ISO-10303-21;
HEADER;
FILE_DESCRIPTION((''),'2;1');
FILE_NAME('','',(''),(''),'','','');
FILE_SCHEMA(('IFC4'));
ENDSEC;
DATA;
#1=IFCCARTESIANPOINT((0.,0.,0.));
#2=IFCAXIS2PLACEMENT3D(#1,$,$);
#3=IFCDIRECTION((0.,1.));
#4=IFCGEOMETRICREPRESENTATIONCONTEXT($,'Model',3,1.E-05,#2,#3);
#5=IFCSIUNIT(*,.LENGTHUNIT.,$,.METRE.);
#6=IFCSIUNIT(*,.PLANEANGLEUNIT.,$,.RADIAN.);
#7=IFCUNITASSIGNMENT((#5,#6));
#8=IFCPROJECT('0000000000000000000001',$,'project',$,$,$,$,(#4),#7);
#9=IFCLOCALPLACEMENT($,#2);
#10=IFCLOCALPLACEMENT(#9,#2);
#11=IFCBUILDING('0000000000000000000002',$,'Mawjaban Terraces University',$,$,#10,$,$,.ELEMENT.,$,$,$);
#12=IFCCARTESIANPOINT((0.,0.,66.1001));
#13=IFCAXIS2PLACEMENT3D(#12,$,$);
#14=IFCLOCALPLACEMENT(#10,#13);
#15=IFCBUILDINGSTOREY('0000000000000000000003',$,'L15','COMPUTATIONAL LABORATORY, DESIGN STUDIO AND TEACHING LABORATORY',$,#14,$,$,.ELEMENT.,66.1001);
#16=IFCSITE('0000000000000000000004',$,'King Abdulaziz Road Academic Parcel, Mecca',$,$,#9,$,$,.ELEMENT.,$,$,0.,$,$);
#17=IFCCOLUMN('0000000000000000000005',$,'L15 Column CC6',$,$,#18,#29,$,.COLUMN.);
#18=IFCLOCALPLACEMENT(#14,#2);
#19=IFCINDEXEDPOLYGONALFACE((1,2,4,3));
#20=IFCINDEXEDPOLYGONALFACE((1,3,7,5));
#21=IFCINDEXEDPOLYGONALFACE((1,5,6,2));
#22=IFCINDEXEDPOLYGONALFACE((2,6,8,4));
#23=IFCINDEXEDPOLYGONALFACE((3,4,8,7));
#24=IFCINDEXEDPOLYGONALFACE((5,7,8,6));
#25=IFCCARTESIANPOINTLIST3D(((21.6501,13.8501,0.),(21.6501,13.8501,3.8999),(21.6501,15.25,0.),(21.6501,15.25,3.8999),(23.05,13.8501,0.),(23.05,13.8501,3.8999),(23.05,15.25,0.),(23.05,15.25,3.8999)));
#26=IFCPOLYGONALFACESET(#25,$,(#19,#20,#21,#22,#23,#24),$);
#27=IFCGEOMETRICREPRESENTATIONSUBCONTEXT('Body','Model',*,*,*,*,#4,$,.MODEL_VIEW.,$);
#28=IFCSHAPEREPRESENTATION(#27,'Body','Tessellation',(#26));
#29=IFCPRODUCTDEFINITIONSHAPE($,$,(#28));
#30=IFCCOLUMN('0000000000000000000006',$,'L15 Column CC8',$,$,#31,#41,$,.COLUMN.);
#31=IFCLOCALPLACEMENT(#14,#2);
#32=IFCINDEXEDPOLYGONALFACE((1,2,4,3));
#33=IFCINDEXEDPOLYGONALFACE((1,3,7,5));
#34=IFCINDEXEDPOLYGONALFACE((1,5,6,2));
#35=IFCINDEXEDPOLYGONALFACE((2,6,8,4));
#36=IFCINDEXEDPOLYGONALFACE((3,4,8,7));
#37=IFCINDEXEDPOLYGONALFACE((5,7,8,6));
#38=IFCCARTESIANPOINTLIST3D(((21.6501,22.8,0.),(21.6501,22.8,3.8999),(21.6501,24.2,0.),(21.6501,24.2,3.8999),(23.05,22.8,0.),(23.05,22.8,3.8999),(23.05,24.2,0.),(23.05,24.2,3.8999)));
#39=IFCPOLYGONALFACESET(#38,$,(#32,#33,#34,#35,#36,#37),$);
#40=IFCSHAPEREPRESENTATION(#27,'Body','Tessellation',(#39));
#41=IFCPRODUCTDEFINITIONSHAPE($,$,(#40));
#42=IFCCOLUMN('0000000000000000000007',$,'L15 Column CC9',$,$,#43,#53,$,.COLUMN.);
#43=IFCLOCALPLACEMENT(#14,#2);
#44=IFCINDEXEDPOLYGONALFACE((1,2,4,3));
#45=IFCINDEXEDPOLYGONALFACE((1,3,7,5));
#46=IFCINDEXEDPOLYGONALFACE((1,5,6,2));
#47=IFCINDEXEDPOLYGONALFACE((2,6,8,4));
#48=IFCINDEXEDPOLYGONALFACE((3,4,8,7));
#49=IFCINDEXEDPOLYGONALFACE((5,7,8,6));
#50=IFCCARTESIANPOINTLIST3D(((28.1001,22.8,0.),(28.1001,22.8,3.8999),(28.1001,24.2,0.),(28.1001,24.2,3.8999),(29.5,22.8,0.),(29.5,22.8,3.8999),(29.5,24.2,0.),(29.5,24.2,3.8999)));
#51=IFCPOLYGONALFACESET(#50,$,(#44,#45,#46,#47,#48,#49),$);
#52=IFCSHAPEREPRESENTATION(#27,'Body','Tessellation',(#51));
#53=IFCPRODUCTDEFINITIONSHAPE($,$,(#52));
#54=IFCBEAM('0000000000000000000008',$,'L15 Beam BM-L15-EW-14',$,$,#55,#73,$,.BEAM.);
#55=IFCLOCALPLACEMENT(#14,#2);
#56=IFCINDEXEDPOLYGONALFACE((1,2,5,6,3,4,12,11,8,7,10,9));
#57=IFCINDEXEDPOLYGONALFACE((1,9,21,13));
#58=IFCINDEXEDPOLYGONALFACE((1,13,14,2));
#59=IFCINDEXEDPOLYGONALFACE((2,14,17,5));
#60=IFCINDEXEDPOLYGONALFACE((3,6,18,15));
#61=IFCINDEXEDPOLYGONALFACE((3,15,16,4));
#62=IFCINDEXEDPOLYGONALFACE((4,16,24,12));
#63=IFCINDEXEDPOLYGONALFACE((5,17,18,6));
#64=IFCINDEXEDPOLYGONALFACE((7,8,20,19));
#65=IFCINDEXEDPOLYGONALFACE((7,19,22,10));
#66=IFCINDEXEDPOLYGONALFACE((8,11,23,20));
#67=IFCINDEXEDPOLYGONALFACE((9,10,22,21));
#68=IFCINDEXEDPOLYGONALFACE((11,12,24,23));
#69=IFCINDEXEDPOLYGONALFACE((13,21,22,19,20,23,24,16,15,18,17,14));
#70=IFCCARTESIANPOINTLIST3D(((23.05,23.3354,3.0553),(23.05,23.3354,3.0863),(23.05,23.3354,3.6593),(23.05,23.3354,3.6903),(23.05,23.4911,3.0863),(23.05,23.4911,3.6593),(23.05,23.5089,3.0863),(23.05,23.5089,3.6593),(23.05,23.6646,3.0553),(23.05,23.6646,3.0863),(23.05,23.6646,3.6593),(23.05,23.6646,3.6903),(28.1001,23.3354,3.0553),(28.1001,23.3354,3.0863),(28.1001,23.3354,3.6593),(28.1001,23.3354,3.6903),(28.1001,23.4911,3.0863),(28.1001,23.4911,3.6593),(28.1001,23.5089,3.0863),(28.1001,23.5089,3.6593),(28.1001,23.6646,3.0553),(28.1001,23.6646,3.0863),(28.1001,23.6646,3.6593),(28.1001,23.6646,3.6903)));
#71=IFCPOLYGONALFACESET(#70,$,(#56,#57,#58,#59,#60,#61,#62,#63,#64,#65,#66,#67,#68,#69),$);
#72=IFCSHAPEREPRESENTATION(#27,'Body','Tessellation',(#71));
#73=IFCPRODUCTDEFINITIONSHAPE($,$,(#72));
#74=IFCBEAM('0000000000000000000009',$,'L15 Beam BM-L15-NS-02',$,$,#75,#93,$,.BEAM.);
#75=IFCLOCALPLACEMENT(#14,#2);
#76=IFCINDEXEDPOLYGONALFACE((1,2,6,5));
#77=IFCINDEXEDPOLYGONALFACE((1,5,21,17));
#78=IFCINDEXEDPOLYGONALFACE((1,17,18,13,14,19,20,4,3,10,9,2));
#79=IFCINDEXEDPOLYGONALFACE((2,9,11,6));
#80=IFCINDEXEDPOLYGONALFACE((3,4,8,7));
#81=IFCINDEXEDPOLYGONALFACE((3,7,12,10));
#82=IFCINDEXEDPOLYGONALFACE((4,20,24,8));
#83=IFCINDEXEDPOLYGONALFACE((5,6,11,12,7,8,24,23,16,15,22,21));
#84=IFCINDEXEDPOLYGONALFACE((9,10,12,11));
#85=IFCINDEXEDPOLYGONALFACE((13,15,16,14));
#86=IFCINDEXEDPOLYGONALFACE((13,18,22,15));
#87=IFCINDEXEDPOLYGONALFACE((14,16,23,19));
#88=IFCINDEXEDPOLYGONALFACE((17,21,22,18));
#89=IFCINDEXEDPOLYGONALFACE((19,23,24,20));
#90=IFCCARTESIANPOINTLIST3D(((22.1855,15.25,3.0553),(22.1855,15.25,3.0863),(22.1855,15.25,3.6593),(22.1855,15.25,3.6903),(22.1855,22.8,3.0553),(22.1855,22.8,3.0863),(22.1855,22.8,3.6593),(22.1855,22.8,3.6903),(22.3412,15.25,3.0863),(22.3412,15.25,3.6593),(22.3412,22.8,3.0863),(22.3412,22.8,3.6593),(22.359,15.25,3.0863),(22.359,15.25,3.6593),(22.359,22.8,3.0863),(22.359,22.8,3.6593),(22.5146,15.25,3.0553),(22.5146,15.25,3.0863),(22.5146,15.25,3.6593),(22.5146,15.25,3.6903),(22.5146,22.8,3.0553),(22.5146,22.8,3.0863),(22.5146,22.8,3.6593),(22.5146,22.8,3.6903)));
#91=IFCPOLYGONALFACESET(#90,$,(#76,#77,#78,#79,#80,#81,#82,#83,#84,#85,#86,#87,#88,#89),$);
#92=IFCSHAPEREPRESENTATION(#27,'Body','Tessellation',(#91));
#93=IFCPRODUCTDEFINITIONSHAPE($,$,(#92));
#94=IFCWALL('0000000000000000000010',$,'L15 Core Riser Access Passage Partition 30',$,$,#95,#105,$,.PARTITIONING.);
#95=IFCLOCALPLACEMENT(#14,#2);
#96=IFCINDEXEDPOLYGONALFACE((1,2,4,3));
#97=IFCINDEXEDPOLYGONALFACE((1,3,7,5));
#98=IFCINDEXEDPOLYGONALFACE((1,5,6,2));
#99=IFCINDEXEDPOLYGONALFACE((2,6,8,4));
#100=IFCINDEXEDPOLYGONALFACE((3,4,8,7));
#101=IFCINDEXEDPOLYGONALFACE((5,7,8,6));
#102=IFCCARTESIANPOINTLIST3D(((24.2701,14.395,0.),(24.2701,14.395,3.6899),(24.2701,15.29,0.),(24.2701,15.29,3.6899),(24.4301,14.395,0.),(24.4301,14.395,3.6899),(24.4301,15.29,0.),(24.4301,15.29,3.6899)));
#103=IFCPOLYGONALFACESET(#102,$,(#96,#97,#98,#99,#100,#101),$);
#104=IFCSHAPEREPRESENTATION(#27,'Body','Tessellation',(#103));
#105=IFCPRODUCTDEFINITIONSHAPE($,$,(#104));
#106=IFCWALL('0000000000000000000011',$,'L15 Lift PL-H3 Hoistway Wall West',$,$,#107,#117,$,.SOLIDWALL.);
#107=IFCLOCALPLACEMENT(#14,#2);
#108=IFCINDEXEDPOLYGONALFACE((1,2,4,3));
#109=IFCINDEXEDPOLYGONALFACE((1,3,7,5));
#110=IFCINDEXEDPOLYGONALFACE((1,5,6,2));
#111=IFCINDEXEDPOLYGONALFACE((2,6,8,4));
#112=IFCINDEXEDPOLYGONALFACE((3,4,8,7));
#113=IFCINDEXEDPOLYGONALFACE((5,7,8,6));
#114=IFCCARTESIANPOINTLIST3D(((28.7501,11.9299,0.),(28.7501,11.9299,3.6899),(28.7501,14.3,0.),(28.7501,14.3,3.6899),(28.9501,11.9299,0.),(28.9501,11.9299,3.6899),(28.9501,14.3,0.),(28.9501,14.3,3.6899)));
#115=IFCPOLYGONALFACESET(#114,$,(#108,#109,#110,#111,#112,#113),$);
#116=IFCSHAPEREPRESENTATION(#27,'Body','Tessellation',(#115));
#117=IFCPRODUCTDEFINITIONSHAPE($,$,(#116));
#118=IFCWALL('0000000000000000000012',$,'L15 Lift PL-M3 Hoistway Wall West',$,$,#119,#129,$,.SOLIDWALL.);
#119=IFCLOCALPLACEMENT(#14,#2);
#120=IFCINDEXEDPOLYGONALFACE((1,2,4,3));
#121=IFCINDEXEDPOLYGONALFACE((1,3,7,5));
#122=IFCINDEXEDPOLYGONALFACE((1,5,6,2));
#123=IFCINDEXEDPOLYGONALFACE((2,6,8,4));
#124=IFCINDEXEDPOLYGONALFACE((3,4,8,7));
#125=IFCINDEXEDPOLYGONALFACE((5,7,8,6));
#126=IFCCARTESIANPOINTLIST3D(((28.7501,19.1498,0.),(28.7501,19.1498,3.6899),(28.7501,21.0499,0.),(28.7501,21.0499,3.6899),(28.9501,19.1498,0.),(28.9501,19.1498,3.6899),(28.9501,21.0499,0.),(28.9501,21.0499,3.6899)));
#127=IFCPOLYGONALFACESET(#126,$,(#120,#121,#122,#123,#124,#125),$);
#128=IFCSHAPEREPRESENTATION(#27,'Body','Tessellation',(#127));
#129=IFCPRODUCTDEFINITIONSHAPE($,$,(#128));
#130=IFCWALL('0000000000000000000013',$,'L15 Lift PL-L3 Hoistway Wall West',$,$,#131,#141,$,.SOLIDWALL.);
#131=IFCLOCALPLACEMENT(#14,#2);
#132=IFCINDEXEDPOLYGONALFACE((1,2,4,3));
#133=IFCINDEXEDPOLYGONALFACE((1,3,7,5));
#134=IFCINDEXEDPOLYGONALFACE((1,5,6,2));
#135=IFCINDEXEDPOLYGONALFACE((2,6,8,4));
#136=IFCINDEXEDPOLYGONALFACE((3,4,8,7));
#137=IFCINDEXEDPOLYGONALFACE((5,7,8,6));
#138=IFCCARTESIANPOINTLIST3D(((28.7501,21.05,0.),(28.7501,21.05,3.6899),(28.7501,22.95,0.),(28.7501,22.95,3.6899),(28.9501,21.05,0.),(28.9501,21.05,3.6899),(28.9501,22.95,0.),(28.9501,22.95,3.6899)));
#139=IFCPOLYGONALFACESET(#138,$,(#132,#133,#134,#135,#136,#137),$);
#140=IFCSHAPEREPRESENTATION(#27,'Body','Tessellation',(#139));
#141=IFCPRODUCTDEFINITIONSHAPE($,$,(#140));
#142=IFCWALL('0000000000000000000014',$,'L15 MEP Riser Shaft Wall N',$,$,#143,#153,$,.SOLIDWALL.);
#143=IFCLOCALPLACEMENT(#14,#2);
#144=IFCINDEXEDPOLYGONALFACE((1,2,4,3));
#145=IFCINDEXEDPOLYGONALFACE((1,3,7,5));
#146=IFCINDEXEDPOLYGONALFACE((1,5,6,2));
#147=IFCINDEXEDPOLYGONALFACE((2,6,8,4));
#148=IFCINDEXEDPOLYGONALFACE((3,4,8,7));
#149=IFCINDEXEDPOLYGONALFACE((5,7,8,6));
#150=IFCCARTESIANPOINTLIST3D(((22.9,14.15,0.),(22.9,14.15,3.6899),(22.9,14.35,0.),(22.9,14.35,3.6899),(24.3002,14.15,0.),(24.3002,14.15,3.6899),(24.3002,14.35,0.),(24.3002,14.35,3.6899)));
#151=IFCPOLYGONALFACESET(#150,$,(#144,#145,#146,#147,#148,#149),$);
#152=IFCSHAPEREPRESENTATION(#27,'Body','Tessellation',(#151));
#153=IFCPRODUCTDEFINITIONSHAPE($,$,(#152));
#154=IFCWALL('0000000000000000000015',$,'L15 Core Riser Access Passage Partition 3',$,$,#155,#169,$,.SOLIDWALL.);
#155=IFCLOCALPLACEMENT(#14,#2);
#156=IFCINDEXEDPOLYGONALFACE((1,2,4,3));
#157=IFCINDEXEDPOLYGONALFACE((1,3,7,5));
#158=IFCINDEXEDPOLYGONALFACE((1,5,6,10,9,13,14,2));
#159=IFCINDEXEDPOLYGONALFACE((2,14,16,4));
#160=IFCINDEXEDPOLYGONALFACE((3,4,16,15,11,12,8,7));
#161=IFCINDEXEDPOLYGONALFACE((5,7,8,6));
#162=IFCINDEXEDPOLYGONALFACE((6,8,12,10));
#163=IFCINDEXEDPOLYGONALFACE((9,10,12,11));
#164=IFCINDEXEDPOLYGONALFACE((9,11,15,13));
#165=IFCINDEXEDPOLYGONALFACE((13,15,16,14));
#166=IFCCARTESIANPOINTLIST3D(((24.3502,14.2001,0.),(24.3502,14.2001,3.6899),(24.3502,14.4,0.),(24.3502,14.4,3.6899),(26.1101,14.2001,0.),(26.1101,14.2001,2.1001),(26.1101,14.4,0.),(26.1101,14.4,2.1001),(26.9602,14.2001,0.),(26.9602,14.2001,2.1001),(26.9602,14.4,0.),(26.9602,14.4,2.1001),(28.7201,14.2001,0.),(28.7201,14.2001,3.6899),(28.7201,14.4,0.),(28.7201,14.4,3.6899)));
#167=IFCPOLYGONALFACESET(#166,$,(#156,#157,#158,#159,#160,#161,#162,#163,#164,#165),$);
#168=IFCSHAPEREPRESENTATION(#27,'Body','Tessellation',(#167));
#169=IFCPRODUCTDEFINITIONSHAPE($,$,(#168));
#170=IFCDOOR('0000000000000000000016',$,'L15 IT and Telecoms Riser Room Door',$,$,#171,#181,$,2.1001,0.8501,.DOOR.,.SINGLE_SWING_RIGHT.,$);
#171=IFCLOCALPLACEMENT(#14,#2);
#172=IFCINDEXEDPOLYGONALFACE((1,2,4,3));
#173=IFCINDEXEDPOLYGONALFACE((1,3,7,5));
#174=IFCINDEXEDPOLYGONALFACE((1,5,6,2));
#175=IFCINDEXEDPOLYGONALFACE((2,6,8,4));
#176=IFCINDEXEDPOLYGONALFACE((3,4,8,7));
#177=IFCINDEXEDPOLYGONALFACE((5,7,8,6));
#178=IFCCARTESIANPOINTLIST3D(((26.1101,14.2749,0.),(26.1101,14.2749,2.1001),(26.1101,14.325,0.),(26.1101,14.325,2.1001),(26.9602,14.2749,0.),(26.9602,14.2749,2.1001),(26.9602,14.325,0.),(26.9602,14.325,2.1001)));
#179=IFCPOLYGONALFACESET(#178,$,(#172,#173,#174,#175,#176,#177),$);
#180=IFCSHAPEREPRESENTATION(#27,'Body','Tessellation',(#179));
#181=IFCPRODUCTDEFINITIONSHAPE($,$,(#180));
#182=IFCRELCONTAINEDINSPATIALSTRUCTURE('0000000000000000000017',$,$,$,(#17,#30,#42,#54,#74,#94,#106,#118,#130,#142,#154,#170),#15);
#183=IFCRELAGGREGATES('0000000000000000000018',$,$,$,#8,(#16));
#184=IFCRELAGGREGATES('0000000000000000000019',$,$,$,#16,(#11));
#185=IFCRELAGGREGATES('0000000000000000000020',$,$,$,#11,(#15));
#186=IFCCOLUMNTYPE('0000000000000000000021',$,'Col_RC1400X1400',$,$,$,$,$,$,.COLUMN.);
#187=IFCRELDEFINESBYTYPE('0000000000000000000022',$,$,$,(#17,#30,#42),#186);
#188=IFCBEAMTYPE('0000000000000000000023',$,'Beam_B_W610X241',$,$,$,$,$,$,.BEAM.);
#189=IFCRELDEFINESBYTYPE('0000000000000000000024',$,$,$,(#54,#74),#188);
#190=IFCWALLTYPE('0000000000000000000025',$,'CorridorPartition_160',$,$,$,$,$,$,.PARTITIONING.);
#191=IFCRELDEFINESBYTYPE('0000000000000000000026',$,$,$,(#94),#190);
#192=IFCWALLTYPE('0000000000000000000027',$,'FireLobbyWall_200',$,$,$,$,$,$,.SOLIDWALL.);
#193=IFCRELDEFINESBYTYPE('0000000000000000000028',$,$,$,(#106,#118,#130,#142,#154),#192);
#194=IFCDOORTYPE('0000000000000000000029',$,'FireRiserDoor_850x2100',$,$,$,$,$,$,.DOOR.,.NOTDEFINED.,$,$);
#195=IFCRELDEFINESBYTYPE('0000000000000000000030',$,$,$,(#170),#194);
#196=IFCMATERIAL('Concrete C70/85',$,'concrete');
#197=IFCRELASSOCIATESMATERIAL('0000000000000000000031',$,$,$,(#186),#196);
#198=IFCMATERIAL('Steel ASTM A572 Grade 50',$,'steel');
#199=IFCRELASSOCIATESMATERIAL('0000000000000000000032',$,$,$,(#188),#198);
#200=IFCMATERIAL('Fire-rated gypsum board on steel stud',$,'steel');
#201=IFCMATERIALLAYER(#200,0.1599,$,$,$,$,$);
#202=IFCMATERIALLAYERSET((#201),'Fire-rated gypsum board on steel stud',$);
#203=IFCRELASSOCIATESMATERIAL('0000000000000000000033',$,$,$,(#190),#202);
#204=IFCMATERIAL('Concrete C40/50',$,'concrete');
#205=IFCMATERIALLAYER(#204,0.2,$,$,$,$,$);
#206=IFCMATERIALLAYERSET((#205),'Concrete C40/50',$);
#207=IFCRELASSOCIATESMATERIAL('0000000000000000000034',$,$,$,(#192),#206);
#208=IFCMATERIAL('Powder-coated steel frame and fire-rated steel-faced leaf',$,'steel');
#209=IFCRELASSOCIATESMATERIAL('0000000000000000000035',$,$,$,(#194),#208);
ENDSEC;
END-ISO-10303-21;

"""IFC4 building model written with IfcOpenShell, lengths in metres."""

from ifc_helpers import new_model, si_unit, direction, frame, frame_2d, origin, origin_2d, place, context, subcontext, project, spatial, rectangle, i_section, extrude, material, layer, layer_set, material_profile, profile_set, type_object, element, fill, save


model = new_model("IFC4")

# Units and contexts
model_context = context("Model", 3, precision=1e-05, world=origin(), true_north=direction((0.0, 1.0)))
body_context = subcontext(model_context, "Body", "Model", "MODEL_VIEW")
ifc_project = project(units=[si_unit("LENGTHUNIT", "METRE"), si_unit("PLANEANGLEUNIT", "RADIAN")], contexts=[model_context])

# Site, building, storey
site_placement = place(None, origin())
site = spatial("IfcSite", under=ifc_project, at=site_placement, Name="King Abdulaziz Road Academic Parcel, Mecca", CompositionType="ELEMENT", RefElevation=0.0)
building_placement = place(site_placement, origin())
building = spatial("IfcBuilding", under=site, at=building_placement, Name="Mawjaban Terraces University", CompositionType="ELEMENT")
storey_placement = place(building_placement, frame((0.0, 0.0, 66.1001)))
storey = spatial("IfcBuildingStorey", under=building, at=storey_placement, Name="L15", Description="COMPUTATIONAL LABORATORY, DESIGN STUDIO AND TEACHING LABORATORY", CompositionType="ELEMENT", Elevation=66.1001)

# Columns
ifc_material_1 = material(Name="Concrete C70/85", Category="concrete")
ifc_material_profile_1 = material_profile(ifc_material_1, rectangle(XDim=1.3999, YDim=1.3999, at=origin_2d()), Name="RC1400X1400")
ifc_profile_set_1 = profile_set([ifc_material_profile_1], Name="Concrete C70/85")
column_type = type_object("IfcColumnType", Name="Col_RC1400X1400", PredefinedType="COLUMN", material=ifc_profile_set_1)
for number, where, z_axis, x_axis, name in (
    (1, (22.3501, 14.55, 0.0), (0.0, 0.0, 1.0), (1.0, 0.0, 0.0), "L15 Column CC6"),
    (2, (22.3501, 23.5, 0.0), (0.0, 0.0, 1.0), (1.0, 0.0, 0.0), "L15 Column CC8"),
    (3, (28.8, 23.5, 0.0), (0.0, 0.0, 1.0), (1.0, 0.0, 0.0), "L15 Column CC9"),
):
    element("IfcColumn", number, at=place(storey_placement, frame(where, z_axis=z_axis, x_axis=x_axis)), inside=storey, type_object=column_type, Name=name, PredefinedType="COLUMN", context=body_context, shape_type="SweptSolid", body=[
        extrude(rectangle(XDim=1.3999, YDim=1.3999, at=origin_2d()), origin(), (0.0, 0.0, 1.0), 3.8999),
    ])

# Beams
ifc_material_2 = material(Name="Steel ASTM A572 Grade 50", Category="steel")
ifc_material_profile_2 = material_profile(ifc_material_2, i_section(OverallWidth=0.3291, OverallDepth=0.635, WebThickness=0.0178, FlangeThickness=0.031, at=origin_2d()), Name="W610X241")
ifc_profile_set_2 = profile_set([ifc_material_profile_2], Name="Steel ASTM A572 Grade 50")
beam_type = type_object("IfcBeamType", Name="Beam_B_W610X241", PredefinedType="BEAM", material=ifc_profile_set_2)
beam_1_placement = place(storey_placement, frame((23.05, 23.5, 3.3728), z_axis=(1.0, 0.0, 0.0), x_axis=(0.0, 1.0, 0.0)))
element("IfcBeam", 4, at=beam_1_placement, inside=storey, type_object=beam_type, Name="L15 Beam BM-L15-EW-14", PredefinedType="BEAM", context=body_context, shape_type="SweptSolid", body=[
    extrude(i_section(OverallWidth=0.3291, OverallDepth=0.635, WebThickness=0.0178, FlangeThickness=0.031, at=origin_2d()), origin(), (0.0, 0.0, 1.0), 5.05),
])
beam_2_placement = place(storey_placement, frame((22.3501, 15.25, 3.3728), z_axis=(0.0, 1.0, 0.0), x_axis=(-1.0, 0.0, 0.0)))
element("IfcBeam", 5, at=beam_2_placement, inside=storey, type_object=beam_type, Name="L15 Beam BM-L15-NS-02", PredefinedType="BEAM", context=body_context, shape_type="SweptSolid", body=[
    extrude(i_section(OverallWidth=0.3291, OverallDepth=0.635, WebThickness=0.0178, FlangeThickness=0.031, at=origin_2d()), origin(), (0.0, 0.0, 1.0), 7.55),
])

# Walls
ifc_material_3 = material(Name="Fire-rated gypsum board on steel stud", Category="steel")
ifc_layer_1 = layer(ifc_material_3, 0.1599)
ifc_layer_set_1 = layer_set([ifc_layer_1], Name="Fire-rated gypsum board on steel stud")
wall_type_1 = type_object("IfcWallType", Name="CorridorPartition_160", PredefinedType="PARTITIONING", material=ifc_layer_set_1)
wall_1_placement = place(storey_placement, frame((24.3501, 15.29, 0.0), z_axis=(0.0, 0.0, 1.0), x_axis=(0.0, -1.0, 0.0)))
element("IfcWall", 6, at=wall_1_placement, inside=storey, type_object=wall_type_1, Name="L15 Core Riser Access Passage Partition 30", PredefinedType="PARTITIONING", context=body_context, shape_type="SweptSolid", body=[
    extrude(rectangle(XDim=0.895, YDim=0.1599, at=frame_2d((0.4475, 0.0))), origin(), (0.0, 0.0, 1.0), 3.6899),
])
ifc_material_4 = material(Name="Concrete C40/50", Category="concrete")
ifc_layer_2 = layer(ifc_material_4, 0.2)
ifc_layer_set_2 = layer_set([ifc_layer_2], Name="Concrete C40/50")
wall_type_2 = type_object("IfcWallType", Name="FireLobbyWall_200", PredefinedType="SOLIDWALL", material=ifc_layer_set_2)
wall_2_placement = place(storey_placement, frame((28.8501, 14.3, 0.0), z_axis=(0.0, 0.0, 1.0), x_axis=(0.0, -1.0, 0.0)))
element("IfcWall", 7, at=wall_2_placement, inside=storey, type_object=wall_type_2, Name="L15 Lift PL-H3 Hoistway Wall West", PredefinedType="SOLIDWALL", context=body_context, shape_type="SweptSolid", body=[
    extrude(rectangle(XDim=2.3701, YDim=0.2, at=frame_2d((1.1851, 0.0))), origin(), (0.0, 0.0, 1.0), 3.6899),
])
wall_3_placement = place(storey_placement, frame((28.8501, 21.05, 0.0), z_axis=(0.0, 0.0, 1.0), x_axis=(0.0, -1.0, 0.0)))
element("IfcWall", 8, at=wall_3_placement, inside=storey, type_object=wall_type_2, Name="L15 Lift PL-M3 Hoistway Wall West", PredefinedType="SOLIDWALL", context=body_context, shape_type="SweptSolid", body=[
    extrude(rectangle(XDim=1.9001, YDim=0.2, at=frame_2d((0.9502, 0.0))), origin(), (0.0, 0.0, 1.0), 3.6899),
])
wall_4_placement = place(storey_placement, frame((28.8501, 22.95, 0.0), z_axis=(0.0, 0.0, 1.0), x_axis=(0.0, -1.0, 0.0)))
element("IfcWall", 9, at=wall_4_placement, inside=storey, type_object=wall_type_2, Name="L15 Lift PL-L3 Hoistway Wall West", PredefinedType="SOLIDWALL", context=body_context, shape_type="SweptSolid", body=[
    extrude(rectangle(XDim=1.8999, YDim=0.2, at=frame_2d((0.95, 0.0))), origin(), (0.0, 0.0, 1.0), 3.6899),
])
wall_5_placement = place(storey_placement, frame((22.8999, 14.25, 0.0), z_axis=(0.0, 0.0, 1.0), x_axis=(1.0, 0.0, 0.0)))
element("IfcWall", 10, at=wall_5_placement, inside=storey, type_object=wall_type_2, Name="L15 MEP Riser Shaft Wall N", PredefinedType="SOLIDWALL", context=body_context, shape_type="SweptSolid", body=[
    extrude(rectangle(XDim=1.4001, YDim=0.2, at=frame_2d((0.7002, 0.0))), origin(), (0.0, 0.0, 1.0), 3.6899),
])

# Wall, opening, door
wall_6_placement = place(storey_placement, frame((24.3501, 14.3, 0.0), z_axis=(0.0, 0.0, 1.0), x_axis=(1.0, 0.0, 0.0)))
wall_6 = element("IfcWall", 11, at=wall_6_placement, inside=storey, type_object=wall_type_2, Name="L15 Core Riser Access Passage Partition 3", PredefinedType="SOLIDWALL", context=body_context, shape_type="SweptSolid", body=[
    extrude(rectangle(XDim=4.3699, YDim=0.2, at=frame_2d((2.1851, 0.0))), origin(), (0.0, 0.0, 1.0), 3.6899),
])
opening_placement = place(wall_6_placement, frame((1.76, 0.0, 0.0)))
opening = element("IfcOpeningElement", 12, at=opening_placement, cuts=wall_6, PredefinedType="OPENING", context=body_context, shape_type="SweptSolid", body=[
    extrude(rectangle(XDim=0.8501, YDim=2.1001, at=frame_2d((0.425, 1.05))), frame((0.0, 0.1099, 0.0), z_axis=(0.0, -1.0, 0.0), x_axis=(1.0, 0.0, 0.0)), (0.0, 0.0, 1.0), 0.22),
])
ifc_material_5 = material(Name="Powder-coated steel frame and fire-rated steel-faced leaf", Category="steel")
door_type = type_object("IfcDoorType", Name="FireRiserDoor_850x2100", OperationType="NOTDEFINED", PredefinedType="DOOR", material=ifc_material_5)
door_placement = place(opening_placement, origin())
door = element("IfcDoor", 13, at=door_placement, inside=storey, type_object=door_type, Name="L15 IT and Telecoms Riser Room Door", OperationType="SINGLE_SWING_RIGHT", OverallHeight=2.1001, OverallWidth=0.8501, PredefinedType="DOOR", context=body_context, shape_type="SweptSolid", body=[
    extrude(rectangle(XDim=0.8501, YDim=2.1001, at=frame_2d((0.425, 1.05))), frame((0.0, 0.0249, 0.0), z_axis=(0.0, -1.0, 0.0), x_axis=(1.0, 0.0, 0.0)), (0.0, 0.0, 1.0), 0.05),
])
fill(opening, door)

save(model, "model.ifc")
